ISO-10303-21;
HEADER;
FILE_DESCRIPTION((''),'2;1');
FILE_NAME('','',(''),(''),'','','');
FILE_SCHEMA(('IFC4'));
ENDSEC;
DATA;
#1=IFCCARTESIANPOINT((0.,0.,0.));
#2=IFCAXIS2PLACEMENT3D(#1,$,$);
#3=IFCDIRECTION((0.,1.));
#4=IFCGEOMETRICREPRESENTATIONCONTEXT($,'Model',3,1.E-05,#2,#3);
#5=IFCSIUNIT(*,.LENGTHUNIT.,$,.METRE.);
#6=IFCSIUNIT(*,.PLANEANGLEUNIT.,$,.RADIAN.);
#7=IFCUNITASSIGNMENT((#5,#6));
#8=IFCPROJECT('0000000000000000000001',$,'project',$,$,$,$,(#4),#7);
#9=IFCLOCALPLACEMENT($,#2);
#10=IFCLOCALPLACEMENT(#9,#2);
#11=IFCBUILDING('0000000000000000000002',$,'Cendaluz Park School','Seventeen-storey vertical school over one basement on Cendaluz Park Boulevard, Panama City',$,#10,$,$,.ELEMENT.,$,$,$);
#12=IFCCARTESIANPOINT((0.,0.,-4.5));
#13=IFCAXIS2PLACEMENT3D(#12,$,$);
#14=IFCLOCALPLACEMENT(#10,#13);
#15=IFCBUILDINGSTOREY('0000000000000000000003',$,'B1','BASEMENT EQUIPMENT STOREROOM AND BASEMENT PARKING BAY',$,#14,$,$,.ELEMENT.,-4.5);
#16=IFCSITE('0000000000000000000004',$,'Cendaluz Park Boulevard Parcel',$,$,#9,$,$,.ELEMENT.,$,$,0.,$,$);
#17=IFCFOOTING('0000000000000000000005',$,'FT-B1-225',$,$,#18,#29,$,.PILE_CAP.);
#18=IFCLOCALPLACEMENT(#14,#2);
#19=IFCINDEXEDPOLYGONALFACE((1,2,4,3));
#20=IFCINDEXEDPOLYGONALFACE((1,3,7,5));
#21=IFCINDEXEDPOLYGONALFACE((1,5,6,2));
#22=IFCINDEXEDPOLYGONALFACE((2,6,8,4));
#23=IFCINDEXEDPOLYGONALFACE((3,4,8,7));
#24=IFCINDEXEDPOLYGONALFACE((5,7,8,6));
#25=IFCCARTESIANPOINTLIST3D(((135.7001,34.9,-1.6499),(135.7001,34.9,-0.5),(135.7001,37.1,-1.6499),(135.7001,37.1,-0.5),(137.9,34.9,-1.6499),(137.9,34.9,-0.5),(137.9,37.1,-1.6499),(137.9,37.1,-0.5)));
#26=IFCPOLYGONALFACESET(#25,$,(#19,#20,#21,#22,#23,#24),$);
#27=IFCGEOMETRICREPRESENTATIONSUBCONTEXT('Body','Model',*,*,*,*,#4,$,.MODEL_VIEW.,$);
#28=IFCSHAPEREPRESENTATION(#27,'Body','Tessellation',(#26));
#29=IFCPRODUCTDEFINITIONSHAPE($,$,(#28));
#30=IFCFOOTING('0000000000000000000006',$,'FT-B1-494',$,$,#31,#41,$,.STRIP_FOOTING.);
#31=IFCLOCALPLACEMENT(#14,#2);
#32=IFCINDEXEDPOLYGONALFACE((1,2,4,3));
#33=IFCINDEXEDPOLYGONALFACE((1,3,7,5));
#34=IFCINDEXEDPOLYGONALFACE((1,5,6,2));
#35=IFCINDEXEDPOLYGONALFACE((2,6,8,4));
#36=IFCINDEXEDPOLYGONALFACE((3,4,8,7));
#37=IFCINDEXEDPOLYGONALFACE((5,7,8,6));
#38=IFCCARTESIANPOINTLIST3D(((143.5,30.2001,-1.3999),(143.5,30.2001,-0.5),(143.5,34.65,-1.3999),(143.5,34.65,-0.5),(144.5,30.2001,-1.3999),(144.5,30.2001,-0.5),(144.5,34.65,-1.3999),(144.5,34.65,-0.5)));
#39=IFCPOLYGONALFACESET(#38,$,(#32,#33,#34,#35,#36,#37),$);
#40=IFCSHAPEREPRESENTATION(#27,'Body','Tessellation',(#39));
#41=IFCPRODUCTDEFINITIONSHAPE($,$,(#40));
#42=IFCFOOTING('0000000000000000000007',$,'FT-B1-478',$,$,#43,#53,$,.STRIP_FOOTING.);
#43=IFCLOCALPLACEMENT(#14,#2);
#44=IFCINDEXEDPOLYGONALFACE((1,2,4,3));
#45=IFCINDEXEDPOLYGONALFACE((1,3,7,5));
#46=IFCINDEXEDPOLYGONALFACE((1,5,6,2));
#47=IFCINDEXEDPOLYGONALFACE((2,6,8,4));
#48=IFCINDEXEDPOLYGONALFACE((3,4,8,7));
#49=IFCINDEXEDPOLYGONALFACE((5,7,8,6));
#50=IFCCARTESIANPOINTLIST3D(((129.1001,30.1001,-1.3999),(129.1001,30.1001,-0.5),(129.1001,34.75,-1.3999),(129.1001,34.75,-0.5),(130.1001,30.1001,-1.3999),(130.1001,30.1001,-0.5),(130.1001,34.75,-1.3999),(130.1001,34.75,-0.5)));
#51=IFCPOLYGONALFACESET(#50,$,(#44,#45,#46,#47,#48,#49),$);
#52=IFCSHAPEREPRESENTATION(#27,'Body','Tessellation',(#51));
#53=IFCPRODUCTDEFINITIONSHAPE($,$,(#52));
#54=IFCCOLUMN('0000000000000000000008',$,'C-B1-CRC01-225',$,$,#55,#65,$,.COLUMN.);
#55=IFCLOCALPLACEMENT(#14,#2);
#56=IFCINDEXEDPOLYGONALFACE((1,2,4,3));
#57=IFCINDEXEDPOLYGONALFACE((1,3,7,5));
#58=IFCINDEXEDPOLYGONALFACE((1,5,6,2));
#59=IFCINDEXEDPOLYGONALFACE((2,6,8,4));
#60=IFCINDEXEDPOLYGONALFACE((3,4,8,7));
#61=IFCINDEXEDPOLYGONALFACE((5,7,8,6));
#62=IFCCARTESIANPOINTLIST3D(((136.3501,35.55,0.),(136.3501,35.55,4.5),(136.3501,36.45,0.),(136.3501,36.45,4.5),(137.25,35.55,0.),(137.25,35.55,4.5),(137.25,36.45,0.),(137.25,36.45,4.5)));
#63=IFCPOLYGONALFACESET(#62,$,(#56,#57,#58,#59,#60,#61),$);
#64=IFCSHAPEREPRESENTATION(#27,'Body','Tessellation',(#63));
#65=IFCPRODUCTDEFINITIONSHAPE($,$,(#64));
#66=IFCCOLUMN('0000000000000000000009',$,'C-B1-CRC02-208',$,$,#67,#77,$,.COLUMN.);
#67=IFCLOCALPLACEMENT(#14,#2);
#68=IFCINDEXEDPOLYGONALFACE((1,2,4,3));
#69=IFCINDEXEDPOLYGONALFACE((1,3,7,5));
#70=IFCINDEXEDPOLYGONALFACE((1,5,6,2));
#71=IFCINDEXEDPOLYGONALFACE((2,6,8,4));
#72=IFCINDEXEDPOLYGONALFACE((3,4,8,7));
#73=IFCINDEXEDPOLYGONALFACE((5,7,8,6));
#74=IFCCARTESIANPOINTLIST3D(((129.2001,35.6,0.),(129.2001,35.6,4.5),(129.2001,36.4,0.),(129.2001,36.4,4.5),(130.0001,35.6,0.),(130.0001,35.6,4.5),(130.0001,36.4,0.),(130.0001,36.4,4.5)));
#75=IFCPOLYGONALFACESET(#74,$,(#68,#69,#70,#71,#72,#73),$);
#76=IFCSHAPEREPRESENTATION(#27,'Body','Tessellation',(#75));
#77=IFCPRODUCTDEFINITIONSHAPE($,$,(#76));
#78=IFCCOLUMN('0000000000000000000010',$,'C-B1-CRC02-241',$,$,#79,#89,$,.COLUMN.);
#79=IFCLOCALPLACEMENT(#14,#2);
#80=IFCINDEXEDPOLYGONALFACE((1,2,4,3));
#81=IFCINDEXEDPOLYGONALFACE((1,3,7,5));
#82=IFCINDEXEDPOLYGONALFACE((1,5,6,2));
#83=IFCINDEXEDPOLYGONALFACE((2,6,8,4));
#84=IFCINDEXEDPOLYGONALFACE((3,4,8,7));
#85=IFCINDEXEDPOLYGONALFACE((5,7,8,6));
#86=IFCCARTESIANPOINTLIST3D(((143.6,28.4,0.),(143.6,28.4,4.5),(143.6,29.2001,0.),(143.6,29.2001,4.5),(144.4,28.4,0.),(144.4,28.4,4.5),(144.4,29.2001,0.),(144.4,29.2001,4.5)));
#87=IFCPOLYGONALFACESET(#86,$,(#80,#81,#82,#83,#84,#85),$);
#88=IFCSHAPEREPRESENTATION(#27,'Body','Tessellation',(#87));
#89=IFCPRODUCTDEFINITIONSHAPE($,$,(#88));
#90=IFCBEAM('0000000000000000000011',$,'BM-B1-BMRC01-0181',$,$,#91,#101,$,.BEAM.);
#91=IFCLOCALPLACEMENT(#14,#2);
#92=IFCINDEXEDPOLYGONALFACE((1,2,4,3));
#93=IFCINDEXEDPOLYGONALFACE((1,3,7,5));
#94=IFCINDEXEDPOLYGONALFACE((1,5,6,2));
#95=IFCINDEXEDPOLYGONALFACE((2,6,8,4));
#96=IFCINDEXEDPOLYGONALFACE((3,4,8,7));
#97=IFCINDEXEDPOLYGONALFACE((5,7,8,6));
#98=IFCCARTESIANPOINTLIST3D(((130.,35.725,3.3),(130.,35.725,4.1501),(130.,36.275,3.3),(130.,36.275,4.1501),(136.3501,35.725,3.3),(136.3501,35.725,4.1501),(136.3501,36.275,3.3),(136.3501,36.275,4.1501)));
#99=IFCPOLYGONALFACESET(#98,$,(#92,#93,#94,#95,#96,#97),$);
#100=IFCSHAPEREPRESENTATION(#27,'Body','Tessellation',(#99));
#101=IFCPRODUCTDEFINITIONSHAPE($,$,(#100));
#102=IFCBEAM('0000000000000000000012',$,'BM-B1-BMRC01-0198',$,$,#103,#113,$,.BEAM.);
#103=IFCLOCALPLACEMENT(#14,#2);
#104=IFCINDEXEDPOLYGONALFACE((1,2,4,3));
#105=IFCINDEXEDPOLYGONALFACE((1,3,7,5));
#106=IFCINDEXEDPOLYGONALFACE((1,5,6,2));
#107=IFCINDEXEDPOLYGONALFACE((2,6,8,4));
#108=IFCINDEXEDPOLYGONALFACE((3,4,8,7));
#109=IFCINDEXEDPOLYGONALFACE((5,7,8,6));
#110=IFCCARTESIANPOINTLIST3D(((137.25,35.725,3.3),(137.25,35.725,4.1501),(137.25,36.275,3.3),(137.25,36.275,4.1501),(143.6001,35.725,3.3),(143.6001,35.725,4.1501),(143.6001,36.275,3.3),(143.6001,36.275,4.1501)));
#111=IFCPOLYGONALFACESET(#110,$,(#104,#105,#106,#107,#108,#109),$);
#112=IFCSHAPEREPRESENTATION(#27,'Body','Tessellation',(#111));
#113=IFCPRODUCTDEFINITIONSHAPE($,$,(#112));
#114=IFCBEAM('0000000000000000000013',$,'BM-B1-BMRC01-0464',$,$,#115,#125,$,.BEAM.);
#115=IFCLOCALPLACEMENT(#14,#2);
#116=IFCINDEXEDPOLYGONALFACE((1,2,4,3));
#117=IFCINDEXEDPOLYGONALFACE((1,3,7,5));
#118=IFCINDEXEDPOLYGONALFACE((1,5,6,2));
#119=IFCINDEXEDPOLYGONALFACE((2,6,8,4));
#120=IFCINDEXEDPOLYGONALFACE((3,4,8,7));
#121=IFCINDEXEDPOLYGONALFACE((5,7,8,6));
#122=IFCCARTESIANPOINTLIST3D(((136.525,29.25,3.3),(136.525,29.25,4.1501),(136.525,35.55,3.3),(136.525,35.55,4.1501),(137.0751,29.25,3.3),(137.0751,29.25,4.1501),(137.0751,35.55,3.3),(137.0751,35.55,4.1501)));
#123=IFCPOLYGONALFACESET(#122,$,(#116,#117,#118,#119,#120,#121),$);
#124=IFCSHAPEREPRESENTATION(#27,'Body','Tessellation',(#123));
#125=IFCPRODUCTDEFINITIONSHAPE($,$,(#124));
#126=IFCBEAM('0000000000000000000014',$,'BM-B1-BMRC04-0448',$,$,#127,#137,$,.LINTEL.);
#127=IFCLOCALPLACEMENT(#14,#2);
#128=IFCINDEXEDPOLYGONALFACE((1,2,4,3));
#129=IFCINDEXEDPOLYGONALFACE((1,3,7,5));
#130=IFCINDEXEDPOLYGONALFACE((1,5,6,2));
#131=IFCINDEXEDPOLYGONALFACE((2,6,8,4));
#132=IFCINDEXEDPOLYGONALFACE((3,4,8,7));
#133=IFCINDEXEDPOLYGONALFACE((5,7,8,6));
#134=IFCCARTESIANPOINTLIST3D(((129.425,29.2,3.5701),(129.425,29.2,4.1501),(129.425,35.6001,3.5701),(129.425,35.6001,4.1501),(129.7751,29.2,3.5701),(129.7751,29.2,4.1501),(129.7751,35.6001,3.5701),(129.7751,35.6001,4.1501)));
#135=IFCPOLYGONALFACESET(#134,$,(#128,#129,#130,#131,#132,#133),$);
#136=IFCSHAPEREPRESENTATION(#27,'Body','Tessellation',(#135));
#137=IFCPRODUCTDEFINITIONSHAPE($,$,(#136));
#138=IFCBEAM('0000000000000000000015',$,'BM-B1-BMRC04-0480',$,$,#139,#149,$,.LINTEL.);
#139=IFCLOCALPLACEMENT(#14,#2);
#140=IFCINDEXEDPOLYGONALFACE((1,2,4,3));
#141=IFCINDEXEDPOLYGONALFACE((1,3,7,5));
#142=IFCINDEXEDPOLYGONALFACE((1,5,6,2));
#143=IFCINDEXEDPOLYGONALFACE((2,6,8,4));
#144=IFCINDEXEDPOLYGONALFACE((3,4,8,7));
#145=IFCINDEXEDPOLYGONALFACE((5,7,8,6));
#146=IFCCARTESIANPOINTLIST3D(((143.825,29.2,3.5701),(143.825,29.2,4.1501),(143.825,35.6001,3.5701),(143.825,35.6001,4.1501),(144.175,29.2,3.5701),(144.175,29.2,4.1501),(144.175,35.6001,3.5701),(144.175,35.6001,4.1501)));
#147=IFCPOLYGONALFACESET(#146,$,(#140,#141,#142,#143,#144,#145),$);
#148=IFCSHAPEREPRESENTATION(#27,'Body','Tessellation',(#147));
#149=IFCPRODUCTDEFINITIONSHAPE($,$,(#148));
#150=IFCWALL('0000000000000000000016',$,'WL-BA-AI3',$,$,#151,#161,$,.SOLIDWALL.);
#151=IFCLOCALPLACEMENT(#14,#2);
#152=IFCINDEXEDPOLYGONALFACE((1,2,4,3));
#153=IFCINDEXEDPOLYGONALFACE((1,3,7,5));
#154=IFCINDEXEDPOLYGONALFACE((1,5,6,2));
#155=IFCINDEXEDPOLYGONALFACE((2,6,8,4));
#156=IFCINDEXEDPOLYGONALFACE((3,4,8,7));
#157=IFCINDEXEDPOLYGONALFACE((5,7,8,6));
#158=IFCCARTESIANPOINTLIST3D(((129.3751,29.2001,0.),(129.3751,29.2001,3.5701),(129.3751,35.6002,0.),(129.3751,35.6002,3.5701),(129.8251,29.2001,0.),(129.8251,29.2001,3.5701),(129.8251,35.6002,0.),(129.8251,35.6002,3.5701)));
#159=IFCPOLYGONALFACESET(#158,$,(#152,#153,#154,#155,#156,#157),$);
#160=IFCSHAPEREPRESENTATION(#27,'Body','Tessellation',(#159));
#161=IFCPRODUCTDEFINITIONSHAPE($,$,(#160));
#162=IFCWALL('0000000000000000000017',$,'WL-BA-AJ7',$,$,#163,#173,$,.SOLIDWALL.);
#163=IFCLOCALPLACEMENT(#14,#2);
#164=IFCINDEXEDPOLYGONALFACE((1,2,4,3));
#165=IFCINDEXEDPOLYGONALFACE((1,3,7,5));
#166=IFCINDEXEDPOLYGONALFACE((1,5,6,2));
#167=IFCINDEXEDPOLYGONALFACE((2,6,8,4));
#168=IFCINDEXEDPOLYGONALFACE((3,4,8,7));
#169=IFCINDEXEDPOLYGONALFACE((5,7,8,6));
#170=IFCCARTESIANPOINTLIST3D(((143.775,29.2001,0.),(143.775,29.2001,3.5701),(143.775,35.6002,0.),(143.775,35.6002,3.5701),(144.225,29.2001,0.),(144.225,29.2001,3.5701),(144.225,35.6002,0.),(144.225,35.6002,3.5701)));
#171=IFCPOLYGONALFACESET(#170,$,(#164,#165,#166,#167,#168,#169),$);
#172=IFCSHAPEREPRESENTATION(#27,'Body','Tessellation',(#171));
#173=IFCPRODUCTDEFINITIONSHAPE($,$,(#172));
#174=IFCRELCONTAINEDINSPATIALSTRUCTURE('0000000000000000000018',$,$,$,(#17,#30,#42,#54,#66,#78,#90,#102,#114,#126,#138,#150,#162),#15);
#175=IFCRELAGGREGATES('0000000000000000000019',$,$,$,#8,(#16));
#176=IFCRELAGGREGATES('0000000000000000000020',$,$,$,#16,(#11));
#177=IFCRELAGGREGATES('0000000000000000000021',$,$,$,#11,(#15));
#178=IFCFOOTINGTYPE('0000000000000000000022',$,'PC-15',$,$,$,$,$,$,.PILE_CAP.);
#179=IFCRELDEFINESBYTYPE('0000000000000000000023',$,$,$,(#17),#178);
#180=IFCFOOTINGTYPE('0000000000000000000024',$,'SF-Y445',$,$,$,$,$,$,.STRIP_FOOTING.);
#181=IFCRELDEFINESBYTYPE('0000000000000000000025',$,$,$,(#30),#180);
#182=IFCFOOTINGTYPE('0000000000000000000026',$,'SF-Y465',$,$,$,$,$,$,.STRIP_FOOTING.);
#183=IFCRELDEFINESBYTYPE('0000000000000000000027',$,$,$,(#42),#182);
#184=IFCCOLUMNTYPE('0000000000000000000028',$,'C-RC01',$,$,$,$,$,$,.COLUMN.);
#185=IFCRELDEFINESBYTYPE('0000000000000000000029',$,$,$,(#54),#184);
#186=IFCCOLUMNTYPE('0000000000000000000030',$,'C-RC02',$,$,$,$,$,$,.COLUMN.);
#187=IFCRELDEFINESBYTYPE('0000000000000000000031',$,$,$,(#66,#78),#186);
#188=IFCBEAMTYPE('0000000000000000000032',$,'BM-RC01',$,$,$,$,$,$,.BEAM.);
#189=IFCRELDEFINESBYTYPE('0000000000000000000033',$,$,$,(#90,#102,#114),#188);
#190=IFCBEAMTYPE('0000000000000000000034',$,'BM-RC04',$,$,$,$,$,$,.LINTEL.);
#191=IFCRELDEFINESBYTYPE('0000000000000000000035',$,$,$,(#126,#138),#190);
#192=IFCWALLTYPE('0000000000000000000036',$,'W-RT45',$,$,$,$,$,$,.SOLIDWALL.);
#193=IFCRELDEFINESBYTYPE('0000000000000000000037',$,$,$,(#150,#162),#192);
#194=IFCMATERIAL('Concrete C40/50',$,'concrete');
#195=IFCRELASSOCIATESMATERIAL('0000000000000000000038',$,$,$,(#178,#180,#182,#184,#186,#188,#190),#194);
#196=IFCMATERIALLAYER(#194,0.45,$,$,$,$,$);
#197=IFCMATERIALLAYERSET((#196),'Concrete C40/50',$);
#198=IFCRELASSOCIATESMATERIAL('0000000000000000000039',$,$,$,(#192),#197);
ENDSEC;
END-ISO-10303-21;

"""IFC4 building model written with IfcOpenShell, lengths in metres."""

from ifc_helpers import new_model, si_unit, direction, frame, frame_2d, origin, origin_2d, place, context, subcontext, project, spatial, rectangle, extrude, material, layer, layer_set, material_profile, profile_set, type_object, element, save


model = new_model("IFC4")

# Units and contexts
model_context = context("Model", 3, precision=1e-05, world=origin(), true_north=direction((0.0, 1.0)))
body_context = subcontext(model_context, "Body", "Model", "MODEL_VIEW")
ifc_project = project(units=[si_unit("LENGTHUNIT", "METRE"), si_unit("PLANEANGLEUNIT", "RADIAN")], contexts=[model_context])

# Site, building, storey
site_placement = place(None, origin())
site = spatial("IfcSite", under=ifc_project, at=site_placement, Name="Cendaluz Park Boulevard Parcel", CompositionType="ELEMENT", RefElevation=0.0)
building_placement = place(site_placement, origin())
building = spatial("IfcBuilding", under=site, at=building_placement, Name="Cendaluz Park School", Description="Seventeen-storey vertical school over one basement on Cendaluz Park Boulevard, Panama City", CompositionType="ELEMENT")
storey_placement = place(building_placement, frame((0.0, 0.0, -4.5)))
storey = spatial("IfcBuildingStorey", under=building, at=storey_placement, Name="B1", Description="BASEMENT EQUIPMENT STOREROOM AND BASEMENT PARKING BAY", CompositionType="ELEMENT", Elevation=-4.5)

# Shared definitions
ifc_material = material(Name="Concrete C40/50", Category="concrete")

# Footings
footing_type_1 = type_object("IfcFootingType", Name="PC-15", PredefinedType="PILE_CAP", material=ifc_material)
footing_1_placement = place(storey_placement, frame((136.8, 36.0, -1.6499), z_axis=(0.0, 0.0, 1.0), x_axis=(1.0, 0.0, 0.0)))
element("IfcFooting", 1, at=footing_1_placement, inside=storey, type_object=footing_type_1, Name="FT-B1-225", PredefinedType="PILE_CAP", context=body_context, shape_type="SweptSolid", body=[
    extrude(rectangle(XDim=2.2, YDim=2.2, at=origin_2d()), origin(), (0.0, 0.0, 1.0), 1.1499),
])
footing_type_2 = type_object("IfcFootingType", Name="SF-Y445", PredefinedType="STRIP_FOOTING", material=ifc_material)
footing_2_placement = place(storey_placement, frame((144.0, 32.425, -1.3999), z_axis=(0.0, 0.0, 1.0), x_axis=(1.0, 0.0, 0.0)))
element("IfcFooting", 2, at=footing_2_placement, inside=storey, type_object=footing_type_2, Name="FT-B1-494", PredefinedType="STRIP_FOOTING", context=body_context, shape_type="SweptSolid", body=[
    extrude(rectangle(XDim=1.0, YDim=4.45, at=origin_2d()), origin(), (0.0, 0.0, 1.0), 0.8999),
])
footing_type_3 = type_object("IfcFootingType", Name="SF-Y465", PredefinedType="STRIP_FOOTING", material=ifc_material)
footing_3_placement = place(storey_placement, frame((129.6001, 32.425, -1.3999), z_axis=(0.0, 0.0, 1.0), x_axis=(1.0, 0.0, 0.0)))
element("IfcFooting", 3, at=footing_3_placement, inside=storey, type_object=footing_type_3, Name="FT-B1-478", PredefinedType="STRIP_FOOTING", context=body_context, shape_type="SweptSolid", body=[
    extrude(rectangle(XDim=1.0, YDim=4.6499, at=origin_2d()), origin(), (0.0, 0.0, 1.0), 0.8999),
])

# Columns
ifc_material_profile_1 = material_profile(ifc_material, rectangle(XDim=0.8999, YDim=0.8999, at=origin_2d()), Name="RC 900x900", Category="concrete")
ifc_profile_set_1 = profile_set([ifc_material_profile_1], Name="Concrete C40/50")
column_type_1 = type_object("IfcColumnType", Name="C-RC01", PredefinedType="COLUMN", material=ifc_profile_set_1)
column_placement = place(storey_placement, frame((136.8, 36.0, 0.0), z_axis=(0.0, 0.0, 1.0), x_axis=(1.0, 0.0, 0.0)))
element("IfcColumn", 4, at=column_placement, inside=storey, type_object=column_type_1, Name="C-B1-CRC01-225", PredefinedType="COLUMN", context=body_context, shape_type="SweptSolid", body=[
    extrude(rectangle(XDim=0.8999, YDim=0.8999, at=origin_2d()), origin(), (0.0, 0.0, 1.0), 4.5),
])
ifc_material_profile_2 = material_profile(ifc_material, rectangle(XDim=0.8, YDim=0.8, at=origin_2d()), Name="RC 800x800", Category="concrete")
ifc_profile_set_2 = profile_set([ifc_material_profile_2], Name="Concrete C40/50")
column_type_2 = type_object("IfcColumnType", Name="C-RC02", PredefinedType="COLUMN", material=ifc_profile_set_2)
for number, where, z_axis, x_axis, name in (
    (5, (129.6001, 36.0, 0.0), (0.0, 0.0, 1.0), (1.0, 0.0, 0.0), "C-B1-CRC02-208"),
    (6, (144.0, 28.8, 0.0), (0.0, 0.0, 1.0), (1.0, 0.0, 0.0), "C-B1-CRC02-241"),
):
    element("IfcColumn", number, at=place(storey_placement, frame(where, z_axis=z_axis, x_axis=x_axis)), inside=storey, type_object=column_type_2, Name=name, PredefinedType="COLUMN", context=body_context, shape_type="SweptSolid", body=[
        extrude(rectangle(XDim=0.8, YDim=0.8, at=origin_2d()), origin(), (0.0, 0.0, 1.0), 4.5),
    ])

# Beams
ifc_material_profile_3 = material_profile(ifc_material, rectangle(XDim=0.55, YDim=0.8501, at=origin_2d()), Name="RC 550x850", Category="concrete")
ifc_profile_set_3 = profile_set([ifc_material_profile_3], Name="Concrete C40/50")
beam_type_1 = type_object("IfcBeamType", Name="BM-RC01", PredefinedType="BEAM", material=ifc_profile_set_3)
for number, where, z_axis, x_axis, name in (
    (7, (130.0, 36.0, 3.7251), (1.0, 0.0, 0.0), (0.0, 1.0, 0.0), "BM-B1-BMRC01-0181"),
    (8, (137.25, 36.0, 3.7251), (1.0, 0.0, 0.0), (0.0, 1.0, 0.0), "BM-B1-BMRC01-0198"),
):
    element("IfcBeam", number, at=place(storey_placement, frame(where, z_axis=z_axis, x_axis=x_axis)), inside=storey, type_object=beam_type_1, Name=name, PredefinedType="BEAM", context=body_context, shape_type="SweptSolid", body=[
        extrude(rectangle(XDim=0.55, YDim=0.8501, at=origin_2d()), origin(), (0.0, 0.0, 1.0), 6.3501),
    ])
beam_placement = place(storey_placement, frame((136.8, 29.25, 3.7251), z_axis=(0.0, 1.0, 0.0), x_axis=(-1.0, 0.0, 0.0)))
element("IfcBeam", 9, at=beam_placement, inside=storey, type_object=beam_type_1, Name="BM-B1-BMRC01-0464", PredefinedType="BEAM", context=body_context, shape_type="SweptSolid", body=[
    extrude(rectangle(XDim=0.55, YDim=0.8501, at=origin_2d()), origin(), (0.0, 0.0, 1.0), 6.3),
])
ifc_material_profile_4 = material_profile(ifc_material, rectangle(XDim=0.3501, YDim=0.5801, at=origin_2d()), Name="RC 350x580", Category="concrete")
ifc_profile_set_4 = profile_set([ifc_material_profile_4], Name="Concrete C40/50")
beam_type_2 = type_object("IfcBeamType", Name="BM-RC04", PredefinedType="LINTEL", material=ifc_profile_set_4)
for number, where, z_axis, x_axis, name in (
    (10, (129.6001, 29.2, 3.8601), (0.0, 1.0, 0.0), (-1.0, 0.0, 0.0), "BM-B1-BMRC04-0448"),
    (11, (144.0, 29.2, 3.8601), (0.0, 1.0, 0.0), (-1.0, 0.0, 0.0), "BM-B1-BMRC04-0480"),
):
    element("IfcBeam", number, at=place(storey_placement, frame(where, z_axis=z_axis, x_axis=x_axis)), inside=storey, type_object=beam_type_2, Name=name, PredefinedType="LINTEL", context=body_context, shape_type="SweptSolid", body=[
        extrude(rectangle(XDim=0.3501, YDim=0.5801, at=origin_2d()), origin(), (0.0, 0.0, 1.0), 6.4001),
    ])

# Walls
ifc_layer = layer(ifc_material, 0.45)
ifc_layer_set = layer_set([ifc_layer], Name="Concrete C40/50")
wall_type = type_object("IfcWallType", Name="W-RT45", PredefinedType="SOLIDWALL", material=ifc_layer_set)
for number, where, z_axis, x_axis, name in (
    (12, (129.6001, 29.2, 0.0), (0.0, 0.0, 1.0), (0.0, 1.0, 0.0), "WL-BA-AI3"),
    (13, (144.0, 29.2, 0.0), (0.0, 0.0, 1.0), (0.0, 1.0, 0.0), "WL-BA-AJ7"),
):
    element("IfcWall", number, at=place(storey_placement, frame(where, z_axis=z_axis, x_axis=x_axis)), inside=storey, type_object=wall_type, Name=name, PredefinedType="SOLIDWALL", context=body_context, shape_type="SweptSolid", body=[
        extrude(rectangle(XDim=6.4001, YDim=0.45, at=frame_2d((3.2002, 0.0))), origin(), (0.0, 0.0, 1.0), 3.5701),
    ])

save(model, "model.ifc")
